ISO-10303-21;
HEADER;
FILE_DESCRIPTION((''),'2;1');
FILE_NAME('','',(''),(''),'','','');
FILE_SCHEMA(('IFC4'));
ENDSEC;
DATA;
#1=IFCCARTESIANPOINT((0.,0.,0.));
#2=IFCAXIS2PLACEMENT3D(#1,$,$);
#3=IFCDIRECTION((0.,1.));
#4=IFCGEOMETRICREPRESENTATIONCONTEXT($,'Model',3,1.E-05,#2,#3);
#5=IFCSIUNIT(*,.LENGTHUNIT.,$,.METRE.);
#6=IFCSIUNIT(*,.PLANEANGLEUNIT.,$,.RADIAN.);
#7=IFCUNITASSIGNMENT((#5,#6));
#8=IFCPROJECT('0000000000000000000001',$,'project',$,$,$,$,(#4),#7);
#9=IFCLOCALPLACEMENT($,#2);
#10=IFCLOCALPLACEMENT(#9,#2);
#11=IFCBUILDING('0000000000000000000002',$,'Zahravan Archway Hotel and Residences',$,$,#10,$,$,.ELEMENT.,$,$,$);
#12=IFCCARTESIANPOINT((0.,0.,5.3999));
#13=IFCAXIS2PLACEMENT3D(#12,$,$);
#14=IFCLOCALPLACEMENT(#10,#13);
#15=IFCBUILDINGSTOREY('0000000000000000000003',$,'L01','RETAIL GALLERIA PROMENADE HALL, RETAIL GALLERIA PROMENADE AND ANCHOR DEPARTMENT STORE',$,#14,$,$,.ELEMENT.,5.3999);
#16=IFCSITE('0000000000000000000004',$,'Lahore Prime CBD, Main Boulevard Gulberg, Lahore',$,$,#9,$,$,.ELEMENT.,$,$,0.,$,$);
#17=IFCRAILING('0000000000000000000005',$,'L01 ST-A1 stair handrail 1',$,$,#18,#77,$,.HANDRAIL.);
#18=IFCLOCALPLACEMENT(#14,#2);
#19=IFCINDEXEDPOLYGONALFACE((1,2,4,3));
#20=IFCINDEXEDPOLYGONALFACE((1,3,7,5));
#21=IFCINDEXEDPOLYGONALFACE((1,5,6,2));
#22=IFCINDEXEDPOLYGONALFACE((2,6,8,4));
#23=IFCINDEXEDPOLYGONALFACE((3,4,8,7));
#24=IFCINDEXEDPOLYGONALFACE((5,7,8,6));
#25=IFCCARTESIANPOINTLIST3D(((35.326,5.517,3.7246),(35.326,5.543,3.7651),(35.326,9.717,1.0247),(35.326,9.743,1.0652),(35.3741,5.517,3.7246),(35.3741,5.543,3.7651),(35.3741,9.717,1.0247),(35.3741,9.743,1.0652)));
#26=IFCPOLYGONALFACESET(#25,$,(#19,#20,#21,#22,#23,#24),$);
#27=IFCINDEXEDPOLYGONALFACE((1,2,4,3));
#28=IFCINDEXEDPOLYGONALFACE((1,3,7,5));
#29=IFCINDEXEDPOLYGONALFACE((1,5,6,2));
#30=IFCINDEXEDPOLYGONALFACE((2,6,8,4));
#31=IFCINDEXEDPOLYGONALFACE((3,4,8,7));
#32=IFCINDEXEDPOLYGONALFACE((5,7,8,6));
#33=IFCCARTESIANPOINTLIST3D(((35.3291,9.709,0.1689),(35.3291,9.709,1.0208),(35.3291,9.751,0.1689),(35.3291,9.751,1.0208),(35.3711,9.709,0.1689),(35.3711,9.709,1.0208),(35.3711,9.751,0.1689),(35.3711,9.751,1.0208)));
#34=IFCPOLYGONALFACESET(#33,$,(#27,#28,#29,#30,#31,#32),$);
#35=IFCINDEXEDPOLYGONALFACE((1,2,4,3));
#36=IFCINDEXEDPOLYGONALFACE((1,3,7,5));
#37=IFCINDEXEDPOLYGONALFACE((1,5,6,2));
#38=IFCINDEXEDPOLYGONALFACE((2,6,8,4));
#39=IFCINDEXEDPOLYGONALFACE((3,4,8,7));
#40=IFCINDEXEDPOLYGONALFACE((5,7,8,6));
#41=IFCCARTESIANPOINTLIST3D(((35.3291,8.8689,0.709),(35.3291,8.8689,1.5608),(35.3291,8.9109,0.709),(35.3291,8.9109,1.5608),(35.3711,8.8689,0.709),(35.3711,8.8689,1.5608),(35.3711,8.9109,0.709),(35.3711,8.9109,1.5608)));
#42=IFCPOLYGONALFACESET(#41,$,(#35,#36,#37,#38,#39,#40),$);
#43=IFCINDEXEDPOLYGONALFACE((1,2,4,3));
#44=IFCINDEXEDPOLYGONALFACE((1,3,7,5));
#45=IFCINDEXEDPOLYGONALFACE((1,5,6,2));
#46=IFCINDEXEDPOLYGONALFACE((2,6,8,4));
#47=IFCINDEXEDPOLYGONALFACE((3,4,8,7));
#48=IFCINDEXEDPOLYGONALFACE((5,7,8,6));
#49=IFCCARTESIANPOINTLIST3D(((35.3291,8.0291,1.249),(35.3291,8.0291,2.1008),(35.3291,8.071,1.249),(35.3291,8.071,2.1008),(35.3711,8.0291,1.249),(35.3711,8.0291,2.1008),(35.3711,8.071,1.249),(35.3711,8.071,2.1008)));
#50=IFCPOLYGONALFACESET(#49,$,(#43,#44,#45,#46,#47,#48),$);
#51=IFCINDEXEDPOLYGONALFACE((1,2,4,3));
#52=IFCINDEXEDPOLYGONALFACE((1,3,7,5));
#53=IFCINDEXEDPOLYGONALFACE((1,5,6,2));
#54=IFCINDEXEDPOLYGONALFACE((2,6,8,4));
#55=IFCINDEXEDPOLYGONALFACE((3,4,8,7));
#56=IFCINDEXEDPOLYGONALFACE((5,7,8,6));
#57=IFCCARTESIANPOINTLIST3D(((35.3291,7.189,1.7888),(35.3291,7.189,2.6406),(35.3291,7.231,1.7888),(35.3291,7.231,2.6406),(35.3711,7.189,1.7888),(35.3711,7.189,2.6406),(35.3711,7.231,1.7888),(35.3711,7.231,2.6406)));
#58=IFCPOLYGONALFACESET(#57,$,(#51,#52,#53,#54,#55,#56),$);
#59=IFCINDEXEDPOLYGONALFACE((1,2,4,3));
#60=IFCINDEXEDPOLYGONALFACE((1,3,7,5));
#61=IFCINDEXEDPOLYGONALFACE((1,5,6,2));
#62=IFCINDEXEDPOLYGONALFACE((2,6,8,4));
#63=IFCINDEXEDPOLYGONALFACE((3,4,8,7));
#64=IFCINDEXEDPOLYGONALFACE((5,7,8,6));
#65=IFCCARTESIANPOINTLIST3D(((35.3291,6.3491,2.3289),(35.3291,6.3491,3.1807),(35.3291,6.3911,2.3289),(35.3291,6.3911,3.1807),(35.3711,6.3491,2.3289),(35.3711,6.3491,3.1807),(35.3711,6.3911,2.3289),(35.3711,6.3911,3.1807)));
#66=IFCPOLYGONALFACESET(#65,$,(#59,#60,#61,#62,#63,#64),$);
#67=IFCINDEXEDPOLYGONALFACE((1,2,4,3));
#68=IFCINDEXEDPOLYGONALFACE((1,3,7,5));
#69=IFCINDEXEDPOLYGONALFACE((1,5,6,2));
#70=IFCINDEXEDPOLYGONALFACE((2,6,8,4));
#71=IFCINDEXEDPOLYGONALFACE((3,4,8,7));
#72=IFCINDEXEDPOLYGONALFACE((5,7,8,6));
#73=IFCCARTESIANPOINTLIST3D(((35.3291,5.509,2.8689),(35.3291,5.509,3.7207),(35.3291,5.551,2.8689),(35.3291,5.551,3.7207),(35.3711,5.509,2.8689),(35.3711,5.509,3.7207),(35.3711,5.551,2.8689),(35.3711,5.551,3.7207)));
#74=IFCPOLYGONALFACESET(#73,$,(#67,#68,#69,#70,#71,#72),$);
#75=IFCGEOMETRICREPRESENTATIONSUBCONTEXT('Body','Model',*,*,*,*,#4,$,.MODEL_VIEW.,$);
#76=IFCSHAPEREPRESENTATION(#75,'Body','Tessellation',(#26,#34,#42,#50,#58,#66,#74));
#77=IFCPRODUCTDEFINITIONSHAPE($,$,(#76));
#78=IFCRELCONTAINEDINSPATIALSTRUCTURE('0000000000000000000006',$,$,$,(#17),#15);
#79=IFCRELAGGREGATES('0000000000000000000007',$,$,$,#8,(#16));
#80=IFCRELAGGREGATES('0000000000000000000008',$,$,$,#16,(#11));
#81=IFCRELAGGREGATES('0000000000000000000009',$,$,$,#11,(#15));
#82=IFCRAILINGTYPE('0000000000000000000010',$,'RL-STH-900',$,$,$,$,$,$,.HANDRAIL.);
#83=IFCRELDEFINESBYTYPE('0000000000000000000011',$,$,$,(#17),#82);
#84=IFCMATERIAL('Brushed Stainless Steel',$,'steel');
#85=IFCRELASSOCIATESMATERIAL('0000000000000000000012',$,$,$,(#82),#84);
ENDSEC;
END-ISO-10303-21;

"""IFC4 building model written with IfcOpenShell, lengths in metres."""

from ifc_helpers import new_model, si_unit, direction, frame, origin, origin_2d, place, context, subcontext, project, spatial, rectangle, extrude, material, type_object, element, save


model = new_model("IFC4")

# Units and contexts
model_context = context("Model", 3, precision=1e-05, world=origin(), true_north=direction((0.0, 1.0)))
body_context = subcontext(model_context, "Body", "Model", "MODEL_VIEW")
ifc_project = project(units=[si_unit("LENGTHUNIT", "METRE"), si_unit("PLANEANGLEUNIT", "RADIAN")], contexts=[model_context])

# Site, building, storey
site_placement = place(None, origin())
site = spatial("IfcSite", under=ifc_project, at=site_placement, Name="Lahore Prime CBD, Main Boulevard Gulberg, Lahore", CompositionType="ELEMENT", RefElevation=0.0)
building_placement = place(site_placement, origin())
building = spatial("IfcBuilding", under=site, at=building_placement, Name="Zahravan Archway Hotel and Residences", CompositionType="ELEMENT")
storey_placement = place(building_placement, frame((0.0, 0.0, 5.3999)))
storey = spatial("IfcBuildingStorey", under=building, at=storey_placement, Name="L01", Description="RETAIL GALLERIA PROMENADE HALL, RETAIL GALLERIA PROMENADE AND ANCHOR DEPARTMENT STORE", CompositionType="ELEMENT", Elevation=5.3999)

# Railing
ifc_material_1 = material(Name="Brushed Stainless Steel", Category="steel")
railing_type_1 = type_object("IfcRailingType", Name="RL-STH-900", PredefinedType="HANDRAIL", material=ifc_material_1)
railing_1_placement = place(storey_placement, frame((35.3501, 9.73, 0.1689)))
element("IfcRailing", 1, at=railing_1_placement, inside=storey, type_object=railing_type_1, Name="L01 ST-A1 stair handrail 1", PredefinedType="HANDRAIL", context=body_context, shape_type="SweptSolid", body=[
    extrude(rectangle(XDim=0.0481, YDim=0.0481, at=origin_2d()), frame((0.0, 0.0, 0.876), z_axis=(0.0, -0.84118, 0.540755), x_axis=(1.0, 0.0, 0.0)), (0.0, 0.0, 1.0), 4.9929),
    extrude(rectangle(XDim=0.042, YDim=0.042, at=origin_2d()), origin(), (0.0, 0.0, 1.0), 0.8518),
    extrude(rectangle(XDim=0.042, YDim=0.042, at=origin_2d()), frame((0.0, -0.8401, 0.54)), (0.0, 0.0, 1.0), 0.8518),
    extrude(rectangle(XDim=0.042, YDim=0.042, at=origin_2d()), frame((0.0, -1.6799, 1.0801)), (0.0, 0.0, 1.0), 0.8518),
    extrude(rectangle(XDim=0.042, YDim=0.042, at=origin_2d()), frame((0.0, -2.52, 1.6199)), (0.0, 0.0, 1.0), 0.8518),
    extrude(rectangle(XDim=0.042, YDim=0.042, at=origin_2d()), frame((0.0, -3.3599, 2.1599)), (0.0, 0.0, 1.0), 0.8518),
    extrude(rectangle(XDim=0.042, YDim=0.042, at=origin_2d()), frame((0.0, -4.2, 2.7)), (0.0, 0.0, 1.0), 0.8518),
])

save(model, "model.ifc")
